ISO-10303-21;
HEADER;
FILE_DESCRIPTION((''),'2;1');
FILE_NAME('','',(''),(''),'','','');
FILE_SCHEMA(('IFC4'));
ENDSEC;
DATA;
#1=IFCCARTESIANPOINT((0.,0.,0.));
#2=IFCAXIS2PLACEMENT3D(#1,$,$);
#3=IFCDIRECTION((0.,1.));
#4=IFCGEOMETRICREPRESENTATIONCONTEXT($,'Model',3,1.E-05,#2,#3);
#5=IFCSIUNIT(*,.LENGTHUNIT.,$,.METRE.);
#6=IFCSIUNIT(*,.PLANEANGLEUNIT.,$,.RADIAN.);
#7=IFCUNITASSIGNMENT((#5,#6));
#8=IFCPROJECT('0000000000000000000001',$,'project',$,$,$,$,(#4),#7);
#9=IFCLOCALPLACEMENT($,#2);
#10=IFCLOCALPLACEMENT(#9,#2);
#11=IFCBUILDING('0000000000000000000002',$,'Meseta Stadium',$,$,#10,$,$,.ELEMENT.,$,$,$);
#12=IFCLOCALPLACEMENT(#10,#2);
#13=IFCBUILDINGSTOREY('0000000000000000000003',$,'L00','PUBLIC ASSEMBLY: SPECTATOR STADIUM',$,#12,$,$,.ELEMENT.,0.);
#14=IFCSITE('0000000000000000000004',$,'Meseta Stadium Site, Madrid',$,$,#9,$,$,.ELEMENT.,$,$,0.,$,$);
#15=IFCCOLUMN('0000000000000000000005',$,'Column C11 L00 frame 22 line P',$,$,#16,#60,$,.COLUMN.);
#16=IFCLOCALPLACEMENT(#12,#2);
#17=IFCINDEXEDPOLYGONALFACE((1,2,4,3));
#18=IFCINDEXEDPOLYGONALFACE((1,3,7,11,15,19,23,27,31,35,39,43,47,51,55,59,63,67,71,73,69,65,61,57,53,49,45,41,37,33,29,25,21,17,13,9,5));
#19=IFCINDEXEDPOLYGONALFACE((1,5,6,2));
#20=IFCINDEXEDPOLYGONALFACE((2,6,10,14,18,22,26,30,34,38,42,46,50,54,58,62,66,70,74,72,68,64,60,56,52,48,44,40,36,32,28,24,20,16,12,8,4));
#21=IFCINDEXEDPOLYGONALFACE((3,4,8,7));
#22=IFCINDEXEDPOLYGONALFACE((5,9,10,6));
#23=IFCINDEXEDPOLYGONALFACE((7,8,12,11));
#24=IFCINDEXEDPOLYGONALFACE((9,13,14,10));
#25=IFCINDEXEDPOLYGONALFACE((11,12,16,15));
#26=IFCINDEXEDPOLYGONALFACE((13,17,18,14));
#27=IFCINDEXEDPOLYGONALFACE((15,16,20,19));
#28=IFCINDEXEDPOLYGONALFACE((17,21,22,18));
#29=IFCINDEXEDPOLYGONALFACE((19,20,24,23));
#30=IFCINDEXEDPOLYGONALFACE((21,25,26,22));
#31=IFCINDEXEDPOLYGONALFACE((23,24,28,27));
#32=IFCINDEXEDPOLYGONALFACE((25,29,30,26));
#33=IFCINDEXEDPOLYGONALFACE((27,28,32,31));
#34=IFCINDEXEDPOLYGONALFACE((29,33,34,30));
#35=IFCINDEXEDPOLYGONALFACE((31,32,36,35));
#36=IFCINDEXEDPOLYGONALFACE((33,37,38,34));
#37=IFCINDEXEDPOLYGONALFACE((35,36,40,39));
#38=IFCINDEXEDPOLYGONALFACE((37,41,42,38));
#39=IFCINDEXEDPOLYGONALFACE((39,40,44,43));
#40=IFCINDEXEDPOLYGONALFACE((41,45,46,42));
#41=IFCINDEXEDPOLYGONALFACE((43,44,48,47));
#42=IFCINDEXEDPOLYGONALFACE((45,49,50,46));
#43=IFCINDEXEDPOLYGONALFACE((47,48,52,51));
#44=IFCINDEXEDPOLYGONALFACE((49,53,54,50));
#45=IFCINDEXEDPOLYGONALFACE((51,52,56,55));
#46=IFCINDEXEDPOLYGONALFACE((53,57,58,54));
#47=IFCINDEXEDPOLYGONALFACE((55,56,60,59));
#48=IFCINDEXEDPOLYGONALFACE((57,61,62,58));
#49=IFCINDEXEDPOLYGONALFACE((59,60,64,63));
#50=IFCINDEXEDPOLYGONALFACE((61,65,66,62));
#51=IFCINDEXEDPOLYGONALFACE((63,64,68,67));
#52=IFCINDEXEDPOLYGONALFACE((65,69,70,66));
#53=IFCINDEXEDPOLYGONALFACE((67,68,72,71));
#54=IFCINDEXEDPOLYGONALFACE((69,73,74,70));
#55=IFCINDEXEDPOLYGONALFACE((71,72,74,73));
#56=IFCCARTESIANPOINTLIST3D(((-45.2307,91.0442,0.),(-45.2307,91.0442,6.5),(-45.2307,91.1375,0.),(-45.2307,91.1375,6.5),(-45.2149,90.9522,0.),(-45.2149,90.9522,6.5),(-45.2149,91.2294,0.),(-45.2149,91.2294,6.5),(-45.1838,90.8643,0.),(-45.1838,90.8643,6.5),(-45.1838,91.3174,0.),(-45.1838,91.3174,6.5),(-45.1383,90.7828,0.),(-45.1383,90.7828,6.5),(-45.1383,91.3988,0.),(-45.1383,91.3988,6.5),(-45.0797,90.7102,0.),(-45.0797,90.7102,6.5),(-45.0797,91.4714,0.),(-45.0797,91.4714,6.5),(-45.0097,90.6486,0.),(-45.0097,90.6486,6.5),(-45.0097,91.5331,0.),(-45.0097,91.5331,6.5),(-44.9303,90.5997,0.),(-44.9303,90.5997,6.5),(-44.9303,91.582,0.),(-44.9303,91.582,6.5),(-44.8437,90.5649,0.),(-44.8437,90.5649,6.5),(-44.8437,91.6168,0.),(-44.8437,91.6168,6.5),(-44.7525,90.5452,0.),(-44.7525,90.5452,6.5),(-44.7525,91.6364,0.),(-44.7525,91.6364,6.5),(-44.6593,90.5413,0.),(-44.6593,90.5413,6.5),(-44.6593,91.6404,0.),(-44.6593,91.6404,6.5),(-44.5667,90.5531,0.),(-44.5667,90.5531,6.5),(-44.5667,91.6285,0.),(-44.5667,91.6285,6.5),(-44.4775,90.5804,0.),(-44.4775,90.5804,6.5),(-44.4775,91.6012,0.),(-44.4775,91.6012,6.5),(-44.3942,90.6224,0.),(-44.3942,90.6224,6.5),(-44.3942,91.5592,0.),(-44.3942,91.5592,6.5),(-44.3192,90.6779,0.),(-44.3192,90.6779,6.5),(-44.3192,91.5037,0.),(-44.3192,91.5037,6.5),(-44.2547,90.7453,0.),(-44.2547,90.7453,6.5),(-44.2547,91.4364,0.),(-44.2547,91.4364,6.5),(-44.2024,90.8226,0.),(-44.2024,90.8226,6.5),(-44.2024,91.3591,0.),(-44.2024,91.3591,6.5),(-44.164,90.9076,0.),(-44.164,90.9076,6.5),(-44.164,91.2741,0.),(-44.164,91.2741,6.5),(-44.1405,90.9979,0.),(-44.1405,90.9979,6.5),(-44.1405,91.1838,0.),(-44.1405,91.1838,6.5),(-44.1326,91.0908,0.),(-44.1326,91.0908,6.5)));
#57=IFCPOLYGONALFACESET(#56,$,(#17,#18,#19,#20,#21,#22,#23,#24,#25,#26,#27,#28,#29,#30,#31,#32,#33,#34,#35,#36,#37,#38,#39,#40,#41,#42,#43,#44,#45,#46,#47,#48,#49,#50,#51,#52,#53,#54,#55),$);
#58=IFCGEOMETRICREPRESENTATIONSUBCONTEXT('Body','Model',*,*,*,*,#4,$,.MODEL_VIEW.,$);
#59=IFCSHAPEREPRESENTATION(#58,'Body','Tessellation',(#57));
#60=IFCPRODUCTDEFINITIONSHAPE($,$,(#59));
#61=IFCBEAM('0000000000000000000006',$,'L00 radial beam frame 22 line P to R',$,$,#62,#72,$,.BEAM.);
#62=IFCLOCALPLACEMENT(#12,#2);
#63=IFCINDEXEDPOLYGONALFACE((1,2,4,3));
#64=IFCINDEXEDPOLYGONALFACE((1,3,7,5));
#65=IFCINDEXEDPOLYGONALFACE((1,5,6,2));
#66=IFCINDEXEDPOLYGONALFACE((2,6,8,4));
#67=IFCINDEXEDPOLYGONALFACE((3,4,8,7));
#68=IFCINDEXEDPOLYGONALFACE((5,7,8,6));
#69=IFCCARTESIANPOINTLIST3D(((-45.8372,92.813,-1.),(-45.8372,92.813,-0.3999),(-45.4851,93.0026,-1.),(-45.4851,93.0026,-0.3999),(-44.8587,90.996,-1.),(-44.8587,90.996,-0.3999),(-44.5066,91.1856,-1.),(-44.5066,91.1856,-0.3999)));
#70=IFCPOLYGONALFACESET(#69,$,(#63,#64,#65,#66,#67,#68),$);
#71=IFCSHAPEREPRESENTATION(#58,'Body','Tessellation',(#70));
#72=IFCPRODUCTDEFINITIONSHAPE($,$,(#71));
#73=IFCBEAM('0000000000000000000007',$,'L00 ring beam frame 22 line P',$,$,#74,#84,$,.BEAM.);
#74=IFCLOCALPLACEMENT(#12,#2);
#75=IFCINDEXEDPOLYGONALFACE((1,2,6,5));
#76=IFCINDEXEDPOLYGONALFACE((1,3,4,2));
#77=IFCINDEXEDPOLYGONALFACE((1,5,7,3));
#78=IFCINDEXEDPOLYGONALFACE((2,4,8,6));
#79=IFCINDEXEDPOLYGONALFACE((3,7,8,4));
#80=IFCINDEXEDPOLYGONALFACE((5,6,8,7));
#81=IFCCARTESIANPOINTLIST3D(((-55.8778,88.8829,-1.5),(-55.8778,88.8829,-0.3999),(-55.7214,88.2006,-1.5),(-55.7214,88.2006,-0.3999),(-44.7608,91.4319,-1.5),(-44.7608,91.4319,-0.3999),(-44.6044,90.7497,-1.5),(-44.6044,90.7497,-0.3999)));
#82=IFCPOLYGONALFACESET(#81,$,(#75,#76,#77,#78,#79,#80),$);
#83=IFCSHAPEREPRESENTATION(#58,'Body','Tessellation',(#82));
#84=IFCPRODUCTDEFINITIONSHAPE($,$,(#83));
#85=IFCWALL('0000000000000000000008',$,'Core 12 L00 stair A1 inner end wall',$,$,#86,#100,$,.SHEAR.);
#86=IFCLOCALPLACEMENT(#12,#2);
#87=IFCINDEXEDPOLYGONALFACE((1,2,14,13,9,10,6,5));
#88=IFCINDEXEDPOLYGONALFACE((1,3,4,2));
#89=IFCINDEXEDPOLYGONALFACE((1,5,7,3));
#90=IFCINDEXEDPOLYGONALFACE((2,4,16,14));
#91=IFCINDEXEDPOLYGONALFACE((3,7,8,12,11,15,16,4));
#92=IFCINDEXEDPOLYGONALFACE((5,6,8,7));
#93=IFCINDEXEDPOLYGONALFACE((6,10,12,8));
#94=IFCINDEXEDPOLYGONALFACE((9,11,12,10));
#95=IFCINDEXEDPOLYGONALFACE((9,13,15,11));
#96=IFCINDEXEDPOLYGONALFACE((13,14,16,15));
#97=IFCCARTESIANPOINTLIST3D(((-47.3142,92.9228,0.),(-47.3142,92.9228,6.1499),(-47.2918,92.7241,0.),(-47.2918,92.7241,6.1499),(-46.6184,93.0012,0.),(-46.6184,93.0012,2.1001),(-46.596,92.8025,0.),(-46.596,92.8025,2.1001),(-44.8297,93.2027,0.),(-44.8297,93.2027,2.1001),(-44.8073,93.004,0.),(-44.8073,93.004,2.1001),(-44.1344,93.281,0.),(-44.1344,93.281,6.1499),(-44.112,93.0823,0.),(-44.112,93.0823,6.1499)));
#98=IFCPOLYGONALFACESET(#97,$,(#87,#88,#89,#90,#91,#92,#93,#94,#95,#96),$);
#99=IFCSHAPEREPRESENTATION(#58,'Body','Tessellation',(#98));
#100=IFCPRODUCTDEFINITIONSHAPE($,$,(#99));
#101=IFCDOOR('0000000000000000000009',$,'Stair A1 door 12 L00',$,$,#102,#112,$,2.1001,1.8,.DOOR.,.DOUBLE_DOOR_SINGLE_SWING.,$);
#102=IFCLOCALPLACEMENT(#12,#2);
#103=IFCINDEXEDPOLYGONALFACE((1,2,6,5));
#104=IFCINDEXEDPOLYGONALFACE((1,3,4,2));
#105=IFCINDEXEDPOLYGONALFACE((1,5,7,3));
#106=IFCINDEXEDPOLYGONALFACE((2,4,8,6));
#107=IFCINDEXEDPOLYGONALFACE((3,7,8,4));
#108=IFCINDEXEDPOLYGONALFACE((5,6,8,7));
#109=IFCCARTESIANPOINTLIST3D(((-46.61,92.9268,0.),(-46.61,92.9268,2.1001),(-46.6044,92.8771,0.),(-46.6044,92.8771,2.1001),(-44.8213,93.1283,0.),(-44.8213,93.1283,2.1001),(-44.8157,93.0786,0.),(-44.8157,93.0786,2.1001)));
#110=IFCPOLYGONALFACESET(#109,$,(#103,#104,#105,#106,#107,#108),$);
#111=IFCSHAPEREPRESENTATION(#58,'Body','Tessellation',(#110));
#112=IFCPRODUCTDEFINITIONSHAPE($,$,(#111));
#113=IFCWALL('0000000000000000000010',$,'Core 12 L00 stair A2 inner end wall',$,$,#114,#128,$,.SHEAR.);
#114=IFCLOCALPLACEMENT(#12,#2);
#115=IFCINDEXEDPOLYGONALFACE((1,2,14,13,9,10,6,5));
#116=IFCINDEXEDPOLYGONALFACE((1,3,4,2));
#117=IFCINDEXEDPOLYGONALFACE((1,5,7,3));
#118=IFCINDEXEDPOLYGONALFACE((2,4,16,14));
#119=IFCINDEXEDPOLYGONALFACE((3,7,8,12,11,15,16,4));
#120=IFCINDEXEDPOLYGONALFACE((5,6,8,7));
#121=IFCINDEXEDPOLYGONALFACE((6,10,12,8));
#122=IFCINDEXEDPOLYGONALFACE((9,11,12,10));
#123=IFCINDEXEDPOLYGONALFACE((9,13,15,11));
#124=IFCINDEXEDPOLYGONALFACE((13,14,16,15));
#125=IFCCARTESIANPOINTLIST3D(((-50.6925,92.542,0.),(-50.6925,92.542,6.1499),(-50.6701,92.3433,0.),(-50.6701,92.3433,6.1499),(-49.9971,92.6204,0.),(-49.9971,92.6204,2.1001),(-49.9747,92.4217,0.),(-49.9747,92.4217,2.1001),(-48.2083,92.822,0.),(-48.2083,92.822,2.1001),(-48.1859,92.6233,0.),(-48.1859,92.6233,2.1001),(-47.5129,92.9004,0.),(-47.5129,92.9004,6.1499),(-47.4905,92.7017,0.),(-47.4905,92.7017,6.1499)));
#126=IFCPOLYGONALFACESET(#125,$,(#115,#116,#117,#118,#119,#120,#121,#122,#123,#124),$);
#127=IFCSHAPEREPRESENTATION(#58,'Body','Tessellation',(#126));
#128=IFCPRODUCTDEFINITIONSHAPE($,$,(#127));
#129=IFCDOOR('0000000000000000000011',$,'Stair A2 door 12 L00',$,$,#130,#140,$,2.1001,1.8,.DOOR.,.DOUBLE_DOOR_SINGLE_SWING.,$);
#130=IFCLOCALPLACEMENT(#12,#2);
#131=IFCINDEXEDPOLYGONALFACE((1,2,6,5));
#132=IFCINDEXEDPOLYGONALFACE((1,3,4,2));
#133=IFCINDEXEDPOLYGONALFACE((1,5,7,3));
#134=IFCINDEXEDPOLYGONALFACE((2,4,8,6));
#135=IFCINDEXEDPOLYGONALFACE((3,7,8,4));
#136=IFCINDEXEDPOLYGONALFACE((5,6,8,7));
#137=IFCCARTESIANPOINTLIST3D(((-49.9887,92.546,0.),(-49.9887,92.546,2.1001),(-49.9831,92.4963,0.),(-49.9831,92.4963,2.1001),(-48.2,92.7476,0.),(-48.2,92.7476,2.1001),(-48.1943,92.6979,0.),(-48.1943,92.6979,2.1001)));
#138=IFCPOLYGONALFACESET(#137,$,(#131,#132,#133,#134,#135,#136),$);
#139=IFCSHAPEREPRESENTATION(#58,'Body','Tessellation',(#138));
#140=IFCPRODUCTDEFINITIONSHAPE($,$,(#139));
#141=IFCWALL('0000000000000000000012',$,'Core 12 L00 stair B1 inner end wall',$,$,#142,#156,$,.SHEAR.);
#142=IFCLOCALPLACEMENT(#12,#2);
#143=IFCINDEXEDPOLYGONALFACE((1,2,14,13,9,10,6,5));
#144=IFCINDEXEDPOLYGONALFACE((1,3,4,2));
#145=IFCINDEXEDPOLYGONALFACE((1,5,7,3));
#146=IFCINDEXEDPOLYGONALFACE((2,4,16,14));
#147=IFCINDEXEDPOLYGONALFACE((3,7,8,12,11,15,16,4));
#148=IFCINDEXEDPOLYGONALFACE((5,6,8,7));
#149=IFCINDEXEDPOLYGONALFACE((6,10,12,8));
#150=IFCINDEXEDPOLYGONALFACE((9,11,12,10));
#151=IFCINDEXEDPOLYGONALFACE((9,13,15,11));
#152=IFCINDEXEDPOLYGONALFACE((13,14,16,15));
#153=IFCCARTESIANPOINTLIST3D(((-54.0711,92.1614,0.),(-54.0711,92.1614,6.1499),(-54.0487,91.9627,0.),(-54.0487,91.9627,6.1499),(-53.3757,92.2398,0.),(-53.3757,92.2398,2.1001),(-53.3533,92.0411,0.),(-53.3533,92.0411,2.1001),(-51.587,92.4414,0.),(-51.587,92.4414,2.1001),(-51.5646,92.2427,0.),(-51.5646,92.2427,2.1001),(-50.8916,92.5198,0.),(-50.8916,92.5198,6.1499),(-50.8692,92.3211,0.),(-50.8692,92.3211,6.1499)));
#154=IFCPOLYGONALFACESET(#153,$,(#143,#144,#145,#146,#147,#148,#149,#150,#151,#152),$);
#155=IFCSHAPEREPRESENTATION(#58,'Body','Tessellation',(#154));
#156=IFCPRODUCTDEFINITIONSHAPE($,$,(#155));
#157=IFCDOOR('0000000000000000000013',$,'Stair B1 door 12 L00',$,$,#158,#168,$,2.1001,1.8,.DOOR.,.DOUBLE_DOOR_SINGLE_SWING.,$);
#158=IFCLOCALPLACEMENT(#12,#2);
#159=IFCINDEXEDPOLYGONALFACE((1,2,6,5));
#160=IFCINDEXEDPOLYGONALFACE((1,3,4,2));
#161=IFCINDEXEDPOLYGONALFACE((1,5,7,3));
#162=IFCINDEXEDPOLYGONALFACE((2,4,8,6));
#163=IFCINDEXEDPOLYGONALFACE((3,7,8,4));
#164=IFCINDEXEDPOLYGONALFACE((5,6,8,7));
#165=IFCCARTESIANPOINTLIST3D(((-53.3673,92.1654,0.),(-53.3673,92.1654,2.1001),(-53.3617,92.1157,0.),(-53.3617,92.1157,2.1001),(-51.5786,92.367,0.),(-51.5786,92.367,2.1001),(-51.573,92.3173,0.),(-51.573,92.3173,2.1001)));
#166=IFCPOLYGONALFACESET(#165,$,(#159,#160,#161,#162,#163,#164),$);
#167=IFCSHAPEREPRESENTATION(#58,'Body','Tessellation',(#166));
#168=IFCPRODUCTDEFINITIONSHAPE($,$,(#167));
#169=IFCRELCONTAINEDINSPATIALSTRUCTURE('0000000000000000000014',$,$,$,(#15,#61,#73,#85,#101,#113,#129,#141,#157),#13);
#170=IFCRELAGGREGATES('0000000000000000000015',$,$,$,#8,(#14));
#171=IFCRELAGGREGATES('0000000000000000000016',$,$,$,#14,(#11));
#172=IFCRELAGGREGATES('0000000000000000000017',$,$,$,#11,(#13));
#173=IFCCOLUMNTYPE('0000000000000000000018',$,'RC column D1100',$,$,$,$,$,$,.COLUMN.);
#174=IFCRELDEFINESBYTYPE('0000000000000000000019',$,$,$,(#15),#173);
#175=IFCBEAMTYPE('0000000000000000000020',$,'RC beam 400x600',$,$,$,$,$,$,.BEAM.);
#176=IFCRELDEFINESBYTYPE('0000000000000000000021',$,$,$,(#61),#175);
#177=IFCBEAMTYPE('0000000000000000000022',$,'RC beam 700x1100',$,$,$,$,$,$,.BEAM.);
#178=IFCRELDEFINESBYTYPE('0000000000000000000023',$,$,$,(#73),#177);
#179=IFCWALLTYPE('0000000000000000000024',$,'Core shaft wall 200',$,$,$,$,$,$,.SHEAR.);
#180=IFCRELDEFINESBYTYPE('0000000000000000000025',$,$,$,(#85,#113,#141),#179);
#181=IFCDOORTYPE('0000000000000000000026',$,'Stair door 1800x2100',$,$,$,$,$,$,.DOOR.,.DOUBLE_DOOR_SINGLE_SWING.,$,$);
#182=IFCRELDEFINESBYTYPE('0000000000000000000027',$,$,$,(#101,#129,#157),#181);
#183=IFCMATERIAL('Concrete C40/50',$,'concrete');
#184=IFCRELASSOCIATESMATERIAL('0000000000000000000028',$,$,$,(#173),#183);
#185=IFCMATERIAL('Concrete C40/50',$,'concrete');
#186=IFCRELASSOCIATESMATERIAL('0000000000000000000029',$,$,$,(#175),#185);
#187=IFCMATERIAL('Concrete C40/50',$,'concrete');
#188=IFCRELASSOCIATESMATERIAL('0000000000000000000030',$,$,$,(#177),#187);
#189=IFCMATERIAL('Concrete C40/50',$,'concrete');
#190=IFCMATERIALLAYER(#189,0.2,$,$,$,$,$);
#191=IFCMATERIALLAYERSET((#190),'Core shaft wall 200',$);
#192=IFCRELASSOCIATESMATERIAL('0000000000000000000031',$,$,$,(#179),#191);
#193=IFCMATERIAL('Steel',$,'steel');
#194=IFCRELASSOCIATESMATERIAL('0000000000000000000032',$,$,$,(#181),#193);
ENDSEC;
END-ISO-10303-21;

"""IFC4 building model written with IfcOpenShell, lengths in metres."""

from ifc_helpers import new_model, si_unit, direction, frame, frame_2d, origin, origin_2d, place, context, subcontext, project, spatial, rectangle, circle, extrude, material, layer, layer_set, material_profile, profile_set, type_object, element, fill, save


model = new_model("IFC4")

# Units and contexts
model_context = context("Model", 3, precision=1e-05, world=origin(), true_north=direction((0.0, 1.0)))
body_context = subcontext(model_context, "Body", "Model", "MODEL_VIEW")
ifc_project = project(units=[si_unit("LENGTHUNIT", "METRE"), si_unit("PLANEANGLEUNIT", "RADIAN")], contexts=[model_context])

# Site, building, storey
site_placement = place(None, origin())
site = spatial("IfcSite", under=ifc_project, at=site_placement, Name="Meseta Stadium Site, Madrid", CompositionType="ELEMENT", RefElevation=0.0)
building_placement = place(site_placement, origin())
building = spatial("IfcBuilding", under=site, at=building_placement, Name="Meseta Stadium", CompositionType="ELEMENT")
storey_placement = place(building_placement, origin())
storey = spatial("IfcBuildingStorey", under=building, at=storey_placement, Name="L00", Description="PUBLIC ASSEMBLY: SPECTATOR STADIUM", CompositionType="ELEMENT", Elevation=0.0)

# Column
ifc_material_1 = material(Name="Concrete C40/50", Category="concrete")
ifc_material_profile_1 = material_profile(ifc_material_1, circle(Radius=0.55, at=origin_2d()), Name="RC D1100")
ifc_profile_set_1 = profile_set([ifc_material_profile_1], Name="Concrete C40/50")
column_type = type_object("IfcColumnType", Name="RC column D1100", PredefinedType="COLUMN", material=ifc_profile_set_1)
column_placement = place(storey_placement, frame((-44.6826, 91.0908, 0.0), z_axis=(0.0, 0.0, 1.0), x_axis=(1.0, 0.0, 0.0)))
element("IfcColumn", 1, at=column_placement, inside=storey, type_object=column_type, Name="Column C11 L00 frame 22 line P", PredefinedType="COLUMN", context=body_context, shape_type="SweptSolid", body=[
    extrude(circle(Radius=0.55, at=origin_2d()), origin(), (0.0, 0.0, 1.0), 6.5),
])

# Beams
ifc_material_2 = material(Name="Concrete C40/50", Category="concrete")
ifc_material_profile_2 = material_profile(ifc_material_2, rectangle(XDim=0.3999, YDim=0.6001, at=origin_2d()), Name="RC 400x600")
ifc_profile_set_2 = profile_set([ifc_material_profile_2], Name="Concrete C40/50")
beam_type_1 = type_object("IfcBeamType", Name="RC beam 400x600", PredefinedType="BEAM", material=ifc_profile_set_2)
beam_1_placement = place(storey_placement, frame((-44.6826, 91.0908, -0.7), z_axis=(-0.47417, 0.880433, 0.0), x_axis=(-0.880433, -0.47417, 0.0)))
element("IfcBeam", 2, at=beam_1_placement, inside=storey, type_object=beam_type_1, Name="L00 radial beam frame 22 line P to R", PredefinedType="BEAM", context=body_context, shape_type="SweptSolid", body=[
    extrude(rectangle(XDim=0.3999, YDim=0.6001, at=origin_2d()), origin(), (0.0, 0.0, 1.0), 2.0637),
])
ifc_material_3 = material(Name="Concrete C40/50", Category="concrete")
ifc_material_profile_3 = material_profile(ifc_material_3, rectangle(XDim=0.7, YDim=1.1001, at=origin_2d()), Name="RC 700x1100")
ifc_profile_set_3 = profile_set([ifc_material_profile_3], Name="Concrete C40/50")
beam_type_2 = type_object("IfcBeamType", Name="RC beam 700x1100", PredefinedType="BEAM", material=ifc_profile_set_3)
beam_2_placement = place(storey_placement, frame((-44.6826, 91.0908, -0.95), z_axis=(-0.974705, -0.223496, 0.0), x_axis=(0.223496, -0.974705, 0.0)))
element("IfcBeam", 3, at=beam_2_placement, inside=storey, type_object=beam_type_2, Name="L00 ring beam frame 22 line P", PredefinedType="BEAM", context=body_context, shape_type="SweptSolid", body=[
    extrude(rectangle(XDim=0.7, YDim=1.1001, at=origin_2d()), origin(), (0.0, 0.0, 1.0), 11.4055),
])

# Walls, openings, doors
ifc_material_4 = material(Name="Concrete C40/50", Category="concrete")
ifc_layer_1 = layer(ifc_material_4, 0.2)
ifc_layer_set_1 = layer_set([ifc_layer_1], Name="Core shaft wall 200")
wall_type_1 = type_object("IfcWallType", Name="Core shaft wall 200", PredefinedType="SHEAR", material=ifc_layer_set_1)
wall_1_placement = place(storey_placement, frame((-44.123, 93.1816, 0.0), z_axis=(0.0, 0.0, 1.0), x_axis=(-0.993717, -0.111922, 0.0)))
wall_1 = element("IfcWall", 4, at=wall_1_placement, inside=storey, type_object=wall_type_1, Name="Core 12 L00 stair A1 inner end wall", PredefinedType="SHEAR", context=body_context, shape_type="SweptSolid", body=[
    extrude(rectangle(XDim=3.2, YDim=0.2, at=frame_2d((1.6001, 0.0))), origin(), (0.0, 0.0, 1.0), 6.1499),
])
opening_1_placement = place(wall_1_placement, frame((0.7, 0.0, 0.0)))
opening_1 = element("IfcOpeningElement", 5, at=opening_1_placement, cuts=wall_1, PredefinedType="OPENING", context=body_context, shape_type="SweptSolid", body=[
    extrude(rectangle(XDim=1.8, YDim=2.1001, at=frame_2d((0.8999, 1.05))), frame((0.0, 0.1099, 0.0), z_axis=(0.0, -1.0, 0.0), x_axis=(1.0, 0.0, 0.0)), (0.0, 0.0, 1.0), 0.22),
])
ifc_material_5 = material(Name="Steel", Category="steel")
door_type_1 = type_object("IfcDoorType", Name="Stair door 1800x2100", OperationType="DOUBLE_DOOR_SINGLE_SWING", PredefinedType="DOOR", material=ifc_material_5)
door_1_placement = place(opening_1_placement, origin())
door_1 = element("IfcDoor", 6, at=door_1_placement, inside=storey, type_object=door_type_1, Name="Stair A1 door 12 L00", OperationType="DOUBLE_DOOR_SINGLE_SWING", OverallHeight=2.1001, OverallWidth=1.8, PredefinedType="DOOR", context=body_context, shape_type="SweptSolid", body=[
    extrude(rectangle(XDim=1.8, YDim=2.1001, at=frame_2d((0.8999, 1.05))), frame((0.0, 0.0249, 0.0), z_axis=(0.0, -1.0, 0.0), x_axis=(1.0, 0.0, 0.0)), (0.0, 0.0, 1.0), 0.05),
])
fill(opening_1, door_1)
wall_2_placement = place(storey_placement, frame((-47.5017, 92.801, 0.0), z_axis=(0.0, 0.0, 1.0), x_axis=(-0.993708, -0.112006, 0.0)))
wall_2 = element("IfcWall", 7, at=wall_2_placement, inside=storey, type_object=wall_type_1, Name="Core 12 L00 stair A2 inner end wall", PredefinedType="SHEAR", context=body_context, shape_type="SweptSolid", body=[
    extrude(rectangle(XDim=3.1997, YDim=0.2, at=frame_2d((1.5999, 0.0))), origin(), (0.0, 0.0, 1.0), 6.1499),
])
opening_2_placement = place(wall_2_placement, frame((0.7, 0.0, 0.0)))
opening_2 = element("IfcOpeningElement", 8, at=opening_2_placement, cuts=wall_2, PredefinedType="OPENING", context=body_context, shape_type="SweptSolid", body=[
    extrude(rectangle(XDim=1.8, YDim=2.1001, at=frame_2d((0.8999, 1.05))), frame((0.0, 0.1099, 0.0), z_axis=(0.0, -1.0, 0.0), x_axis=(1.0, 0.0, 0.0)), (0.0, 0.0, 1.0), 0.22),
])
door_2_placement = place(opening_2_placement, origin())
door_2 = element("IfcDoor", 9, at=door_2_placement, inside=storey, type_object=door_type_1, Name="Stair A2 door 12 L00", OperationType="DOUBLE_DOOR_SINGLE_SWING", OverallHeight=2.1001, OverallWidth=1.8, PredefinedType="DOOR", context=body_context, shape_type="SweptSolid", body=[
    extrude(rectangle(XDim=1.8, YDim=2.1001, at=frame_2d((0.8999, 1.05))), frame((0.0, 0.0249, 0.0), z_axis=(0.0, -1.0, 0.0), x_axis=(1.0, 0.0, 0.0)), (0.0, 0.0, 1.0), 0.05),
])
fill(opening_2, door_2)
wall_3_placement = place(storey_placement, frame((-50.8804, 92.4204, 0.0), z_axis=(0.0, 0.0, 1.0), x_axis=(-0.993708, -0.112006, 0.0)))
wall_3 = element("IfcWall", 10, at=wall_3_placement, inside=storey, type_object=wall_type_1, Name="Core 12 L00 stair B1 inner end wall", PredefinedType="SHEAR", context=body_context, shape_type="SweptSolid", body=[
    extrude(rectangle(XDim=3.1997, YDim=0.2, at=frame_2d((1.5999, 0.0))), origin(), (0.0, 0.0, 1.0), 6.1499),
])
opening_3_placement = place(wall_3_placement, frame((0.7, 0.0, 0.0)))
opening_3 = element("IfcOpeningElement", 11, at=opening_3_placement, cuts=wall_3, PredefinedType="OPENING", context=body_context, shape_type="SweptSolid", body=[
    extrude(rectangle(XDim=1.8, YDim=2.1001, at=frame_2d((0.8999, 1.05))), frame((0.0, 0.1099, 0.0), z_axis=(0.0, -1.0, 0.0), x_axis=(1.0, 0.0, 0.0)), (0.0, 0.0, 1.0), 0.22),
])
door_3_placement = place(opening_3_placement, origin())
door_3 = element("IfcDoor", 12, at=door_3_placement, inside=storey, type_object=door_type_1, Name="Stair B1 door 12 L00", OperationType="DOUBLE_DOOR_SINGLE_SWING", OverallHeight=2.1001, OverallWidth=1.8, PredefinedType="DOOR", context=body_context, shape_type="SweptSolid", body=[
    extrude(rectangle(XDim=1.8, YDim=2.1001, at=frame_2d((0.8999, 1.05))), frame((0.0, 0.0249, 0.0), z_axis=(0.0, -1.0, 0.0), x_axis=(1.0, 0.0, 0.0)), (0.0, 0.0, 1.0), 0.05),
])
fill(opening_3, door_3)

save(model, "model.ifc")
